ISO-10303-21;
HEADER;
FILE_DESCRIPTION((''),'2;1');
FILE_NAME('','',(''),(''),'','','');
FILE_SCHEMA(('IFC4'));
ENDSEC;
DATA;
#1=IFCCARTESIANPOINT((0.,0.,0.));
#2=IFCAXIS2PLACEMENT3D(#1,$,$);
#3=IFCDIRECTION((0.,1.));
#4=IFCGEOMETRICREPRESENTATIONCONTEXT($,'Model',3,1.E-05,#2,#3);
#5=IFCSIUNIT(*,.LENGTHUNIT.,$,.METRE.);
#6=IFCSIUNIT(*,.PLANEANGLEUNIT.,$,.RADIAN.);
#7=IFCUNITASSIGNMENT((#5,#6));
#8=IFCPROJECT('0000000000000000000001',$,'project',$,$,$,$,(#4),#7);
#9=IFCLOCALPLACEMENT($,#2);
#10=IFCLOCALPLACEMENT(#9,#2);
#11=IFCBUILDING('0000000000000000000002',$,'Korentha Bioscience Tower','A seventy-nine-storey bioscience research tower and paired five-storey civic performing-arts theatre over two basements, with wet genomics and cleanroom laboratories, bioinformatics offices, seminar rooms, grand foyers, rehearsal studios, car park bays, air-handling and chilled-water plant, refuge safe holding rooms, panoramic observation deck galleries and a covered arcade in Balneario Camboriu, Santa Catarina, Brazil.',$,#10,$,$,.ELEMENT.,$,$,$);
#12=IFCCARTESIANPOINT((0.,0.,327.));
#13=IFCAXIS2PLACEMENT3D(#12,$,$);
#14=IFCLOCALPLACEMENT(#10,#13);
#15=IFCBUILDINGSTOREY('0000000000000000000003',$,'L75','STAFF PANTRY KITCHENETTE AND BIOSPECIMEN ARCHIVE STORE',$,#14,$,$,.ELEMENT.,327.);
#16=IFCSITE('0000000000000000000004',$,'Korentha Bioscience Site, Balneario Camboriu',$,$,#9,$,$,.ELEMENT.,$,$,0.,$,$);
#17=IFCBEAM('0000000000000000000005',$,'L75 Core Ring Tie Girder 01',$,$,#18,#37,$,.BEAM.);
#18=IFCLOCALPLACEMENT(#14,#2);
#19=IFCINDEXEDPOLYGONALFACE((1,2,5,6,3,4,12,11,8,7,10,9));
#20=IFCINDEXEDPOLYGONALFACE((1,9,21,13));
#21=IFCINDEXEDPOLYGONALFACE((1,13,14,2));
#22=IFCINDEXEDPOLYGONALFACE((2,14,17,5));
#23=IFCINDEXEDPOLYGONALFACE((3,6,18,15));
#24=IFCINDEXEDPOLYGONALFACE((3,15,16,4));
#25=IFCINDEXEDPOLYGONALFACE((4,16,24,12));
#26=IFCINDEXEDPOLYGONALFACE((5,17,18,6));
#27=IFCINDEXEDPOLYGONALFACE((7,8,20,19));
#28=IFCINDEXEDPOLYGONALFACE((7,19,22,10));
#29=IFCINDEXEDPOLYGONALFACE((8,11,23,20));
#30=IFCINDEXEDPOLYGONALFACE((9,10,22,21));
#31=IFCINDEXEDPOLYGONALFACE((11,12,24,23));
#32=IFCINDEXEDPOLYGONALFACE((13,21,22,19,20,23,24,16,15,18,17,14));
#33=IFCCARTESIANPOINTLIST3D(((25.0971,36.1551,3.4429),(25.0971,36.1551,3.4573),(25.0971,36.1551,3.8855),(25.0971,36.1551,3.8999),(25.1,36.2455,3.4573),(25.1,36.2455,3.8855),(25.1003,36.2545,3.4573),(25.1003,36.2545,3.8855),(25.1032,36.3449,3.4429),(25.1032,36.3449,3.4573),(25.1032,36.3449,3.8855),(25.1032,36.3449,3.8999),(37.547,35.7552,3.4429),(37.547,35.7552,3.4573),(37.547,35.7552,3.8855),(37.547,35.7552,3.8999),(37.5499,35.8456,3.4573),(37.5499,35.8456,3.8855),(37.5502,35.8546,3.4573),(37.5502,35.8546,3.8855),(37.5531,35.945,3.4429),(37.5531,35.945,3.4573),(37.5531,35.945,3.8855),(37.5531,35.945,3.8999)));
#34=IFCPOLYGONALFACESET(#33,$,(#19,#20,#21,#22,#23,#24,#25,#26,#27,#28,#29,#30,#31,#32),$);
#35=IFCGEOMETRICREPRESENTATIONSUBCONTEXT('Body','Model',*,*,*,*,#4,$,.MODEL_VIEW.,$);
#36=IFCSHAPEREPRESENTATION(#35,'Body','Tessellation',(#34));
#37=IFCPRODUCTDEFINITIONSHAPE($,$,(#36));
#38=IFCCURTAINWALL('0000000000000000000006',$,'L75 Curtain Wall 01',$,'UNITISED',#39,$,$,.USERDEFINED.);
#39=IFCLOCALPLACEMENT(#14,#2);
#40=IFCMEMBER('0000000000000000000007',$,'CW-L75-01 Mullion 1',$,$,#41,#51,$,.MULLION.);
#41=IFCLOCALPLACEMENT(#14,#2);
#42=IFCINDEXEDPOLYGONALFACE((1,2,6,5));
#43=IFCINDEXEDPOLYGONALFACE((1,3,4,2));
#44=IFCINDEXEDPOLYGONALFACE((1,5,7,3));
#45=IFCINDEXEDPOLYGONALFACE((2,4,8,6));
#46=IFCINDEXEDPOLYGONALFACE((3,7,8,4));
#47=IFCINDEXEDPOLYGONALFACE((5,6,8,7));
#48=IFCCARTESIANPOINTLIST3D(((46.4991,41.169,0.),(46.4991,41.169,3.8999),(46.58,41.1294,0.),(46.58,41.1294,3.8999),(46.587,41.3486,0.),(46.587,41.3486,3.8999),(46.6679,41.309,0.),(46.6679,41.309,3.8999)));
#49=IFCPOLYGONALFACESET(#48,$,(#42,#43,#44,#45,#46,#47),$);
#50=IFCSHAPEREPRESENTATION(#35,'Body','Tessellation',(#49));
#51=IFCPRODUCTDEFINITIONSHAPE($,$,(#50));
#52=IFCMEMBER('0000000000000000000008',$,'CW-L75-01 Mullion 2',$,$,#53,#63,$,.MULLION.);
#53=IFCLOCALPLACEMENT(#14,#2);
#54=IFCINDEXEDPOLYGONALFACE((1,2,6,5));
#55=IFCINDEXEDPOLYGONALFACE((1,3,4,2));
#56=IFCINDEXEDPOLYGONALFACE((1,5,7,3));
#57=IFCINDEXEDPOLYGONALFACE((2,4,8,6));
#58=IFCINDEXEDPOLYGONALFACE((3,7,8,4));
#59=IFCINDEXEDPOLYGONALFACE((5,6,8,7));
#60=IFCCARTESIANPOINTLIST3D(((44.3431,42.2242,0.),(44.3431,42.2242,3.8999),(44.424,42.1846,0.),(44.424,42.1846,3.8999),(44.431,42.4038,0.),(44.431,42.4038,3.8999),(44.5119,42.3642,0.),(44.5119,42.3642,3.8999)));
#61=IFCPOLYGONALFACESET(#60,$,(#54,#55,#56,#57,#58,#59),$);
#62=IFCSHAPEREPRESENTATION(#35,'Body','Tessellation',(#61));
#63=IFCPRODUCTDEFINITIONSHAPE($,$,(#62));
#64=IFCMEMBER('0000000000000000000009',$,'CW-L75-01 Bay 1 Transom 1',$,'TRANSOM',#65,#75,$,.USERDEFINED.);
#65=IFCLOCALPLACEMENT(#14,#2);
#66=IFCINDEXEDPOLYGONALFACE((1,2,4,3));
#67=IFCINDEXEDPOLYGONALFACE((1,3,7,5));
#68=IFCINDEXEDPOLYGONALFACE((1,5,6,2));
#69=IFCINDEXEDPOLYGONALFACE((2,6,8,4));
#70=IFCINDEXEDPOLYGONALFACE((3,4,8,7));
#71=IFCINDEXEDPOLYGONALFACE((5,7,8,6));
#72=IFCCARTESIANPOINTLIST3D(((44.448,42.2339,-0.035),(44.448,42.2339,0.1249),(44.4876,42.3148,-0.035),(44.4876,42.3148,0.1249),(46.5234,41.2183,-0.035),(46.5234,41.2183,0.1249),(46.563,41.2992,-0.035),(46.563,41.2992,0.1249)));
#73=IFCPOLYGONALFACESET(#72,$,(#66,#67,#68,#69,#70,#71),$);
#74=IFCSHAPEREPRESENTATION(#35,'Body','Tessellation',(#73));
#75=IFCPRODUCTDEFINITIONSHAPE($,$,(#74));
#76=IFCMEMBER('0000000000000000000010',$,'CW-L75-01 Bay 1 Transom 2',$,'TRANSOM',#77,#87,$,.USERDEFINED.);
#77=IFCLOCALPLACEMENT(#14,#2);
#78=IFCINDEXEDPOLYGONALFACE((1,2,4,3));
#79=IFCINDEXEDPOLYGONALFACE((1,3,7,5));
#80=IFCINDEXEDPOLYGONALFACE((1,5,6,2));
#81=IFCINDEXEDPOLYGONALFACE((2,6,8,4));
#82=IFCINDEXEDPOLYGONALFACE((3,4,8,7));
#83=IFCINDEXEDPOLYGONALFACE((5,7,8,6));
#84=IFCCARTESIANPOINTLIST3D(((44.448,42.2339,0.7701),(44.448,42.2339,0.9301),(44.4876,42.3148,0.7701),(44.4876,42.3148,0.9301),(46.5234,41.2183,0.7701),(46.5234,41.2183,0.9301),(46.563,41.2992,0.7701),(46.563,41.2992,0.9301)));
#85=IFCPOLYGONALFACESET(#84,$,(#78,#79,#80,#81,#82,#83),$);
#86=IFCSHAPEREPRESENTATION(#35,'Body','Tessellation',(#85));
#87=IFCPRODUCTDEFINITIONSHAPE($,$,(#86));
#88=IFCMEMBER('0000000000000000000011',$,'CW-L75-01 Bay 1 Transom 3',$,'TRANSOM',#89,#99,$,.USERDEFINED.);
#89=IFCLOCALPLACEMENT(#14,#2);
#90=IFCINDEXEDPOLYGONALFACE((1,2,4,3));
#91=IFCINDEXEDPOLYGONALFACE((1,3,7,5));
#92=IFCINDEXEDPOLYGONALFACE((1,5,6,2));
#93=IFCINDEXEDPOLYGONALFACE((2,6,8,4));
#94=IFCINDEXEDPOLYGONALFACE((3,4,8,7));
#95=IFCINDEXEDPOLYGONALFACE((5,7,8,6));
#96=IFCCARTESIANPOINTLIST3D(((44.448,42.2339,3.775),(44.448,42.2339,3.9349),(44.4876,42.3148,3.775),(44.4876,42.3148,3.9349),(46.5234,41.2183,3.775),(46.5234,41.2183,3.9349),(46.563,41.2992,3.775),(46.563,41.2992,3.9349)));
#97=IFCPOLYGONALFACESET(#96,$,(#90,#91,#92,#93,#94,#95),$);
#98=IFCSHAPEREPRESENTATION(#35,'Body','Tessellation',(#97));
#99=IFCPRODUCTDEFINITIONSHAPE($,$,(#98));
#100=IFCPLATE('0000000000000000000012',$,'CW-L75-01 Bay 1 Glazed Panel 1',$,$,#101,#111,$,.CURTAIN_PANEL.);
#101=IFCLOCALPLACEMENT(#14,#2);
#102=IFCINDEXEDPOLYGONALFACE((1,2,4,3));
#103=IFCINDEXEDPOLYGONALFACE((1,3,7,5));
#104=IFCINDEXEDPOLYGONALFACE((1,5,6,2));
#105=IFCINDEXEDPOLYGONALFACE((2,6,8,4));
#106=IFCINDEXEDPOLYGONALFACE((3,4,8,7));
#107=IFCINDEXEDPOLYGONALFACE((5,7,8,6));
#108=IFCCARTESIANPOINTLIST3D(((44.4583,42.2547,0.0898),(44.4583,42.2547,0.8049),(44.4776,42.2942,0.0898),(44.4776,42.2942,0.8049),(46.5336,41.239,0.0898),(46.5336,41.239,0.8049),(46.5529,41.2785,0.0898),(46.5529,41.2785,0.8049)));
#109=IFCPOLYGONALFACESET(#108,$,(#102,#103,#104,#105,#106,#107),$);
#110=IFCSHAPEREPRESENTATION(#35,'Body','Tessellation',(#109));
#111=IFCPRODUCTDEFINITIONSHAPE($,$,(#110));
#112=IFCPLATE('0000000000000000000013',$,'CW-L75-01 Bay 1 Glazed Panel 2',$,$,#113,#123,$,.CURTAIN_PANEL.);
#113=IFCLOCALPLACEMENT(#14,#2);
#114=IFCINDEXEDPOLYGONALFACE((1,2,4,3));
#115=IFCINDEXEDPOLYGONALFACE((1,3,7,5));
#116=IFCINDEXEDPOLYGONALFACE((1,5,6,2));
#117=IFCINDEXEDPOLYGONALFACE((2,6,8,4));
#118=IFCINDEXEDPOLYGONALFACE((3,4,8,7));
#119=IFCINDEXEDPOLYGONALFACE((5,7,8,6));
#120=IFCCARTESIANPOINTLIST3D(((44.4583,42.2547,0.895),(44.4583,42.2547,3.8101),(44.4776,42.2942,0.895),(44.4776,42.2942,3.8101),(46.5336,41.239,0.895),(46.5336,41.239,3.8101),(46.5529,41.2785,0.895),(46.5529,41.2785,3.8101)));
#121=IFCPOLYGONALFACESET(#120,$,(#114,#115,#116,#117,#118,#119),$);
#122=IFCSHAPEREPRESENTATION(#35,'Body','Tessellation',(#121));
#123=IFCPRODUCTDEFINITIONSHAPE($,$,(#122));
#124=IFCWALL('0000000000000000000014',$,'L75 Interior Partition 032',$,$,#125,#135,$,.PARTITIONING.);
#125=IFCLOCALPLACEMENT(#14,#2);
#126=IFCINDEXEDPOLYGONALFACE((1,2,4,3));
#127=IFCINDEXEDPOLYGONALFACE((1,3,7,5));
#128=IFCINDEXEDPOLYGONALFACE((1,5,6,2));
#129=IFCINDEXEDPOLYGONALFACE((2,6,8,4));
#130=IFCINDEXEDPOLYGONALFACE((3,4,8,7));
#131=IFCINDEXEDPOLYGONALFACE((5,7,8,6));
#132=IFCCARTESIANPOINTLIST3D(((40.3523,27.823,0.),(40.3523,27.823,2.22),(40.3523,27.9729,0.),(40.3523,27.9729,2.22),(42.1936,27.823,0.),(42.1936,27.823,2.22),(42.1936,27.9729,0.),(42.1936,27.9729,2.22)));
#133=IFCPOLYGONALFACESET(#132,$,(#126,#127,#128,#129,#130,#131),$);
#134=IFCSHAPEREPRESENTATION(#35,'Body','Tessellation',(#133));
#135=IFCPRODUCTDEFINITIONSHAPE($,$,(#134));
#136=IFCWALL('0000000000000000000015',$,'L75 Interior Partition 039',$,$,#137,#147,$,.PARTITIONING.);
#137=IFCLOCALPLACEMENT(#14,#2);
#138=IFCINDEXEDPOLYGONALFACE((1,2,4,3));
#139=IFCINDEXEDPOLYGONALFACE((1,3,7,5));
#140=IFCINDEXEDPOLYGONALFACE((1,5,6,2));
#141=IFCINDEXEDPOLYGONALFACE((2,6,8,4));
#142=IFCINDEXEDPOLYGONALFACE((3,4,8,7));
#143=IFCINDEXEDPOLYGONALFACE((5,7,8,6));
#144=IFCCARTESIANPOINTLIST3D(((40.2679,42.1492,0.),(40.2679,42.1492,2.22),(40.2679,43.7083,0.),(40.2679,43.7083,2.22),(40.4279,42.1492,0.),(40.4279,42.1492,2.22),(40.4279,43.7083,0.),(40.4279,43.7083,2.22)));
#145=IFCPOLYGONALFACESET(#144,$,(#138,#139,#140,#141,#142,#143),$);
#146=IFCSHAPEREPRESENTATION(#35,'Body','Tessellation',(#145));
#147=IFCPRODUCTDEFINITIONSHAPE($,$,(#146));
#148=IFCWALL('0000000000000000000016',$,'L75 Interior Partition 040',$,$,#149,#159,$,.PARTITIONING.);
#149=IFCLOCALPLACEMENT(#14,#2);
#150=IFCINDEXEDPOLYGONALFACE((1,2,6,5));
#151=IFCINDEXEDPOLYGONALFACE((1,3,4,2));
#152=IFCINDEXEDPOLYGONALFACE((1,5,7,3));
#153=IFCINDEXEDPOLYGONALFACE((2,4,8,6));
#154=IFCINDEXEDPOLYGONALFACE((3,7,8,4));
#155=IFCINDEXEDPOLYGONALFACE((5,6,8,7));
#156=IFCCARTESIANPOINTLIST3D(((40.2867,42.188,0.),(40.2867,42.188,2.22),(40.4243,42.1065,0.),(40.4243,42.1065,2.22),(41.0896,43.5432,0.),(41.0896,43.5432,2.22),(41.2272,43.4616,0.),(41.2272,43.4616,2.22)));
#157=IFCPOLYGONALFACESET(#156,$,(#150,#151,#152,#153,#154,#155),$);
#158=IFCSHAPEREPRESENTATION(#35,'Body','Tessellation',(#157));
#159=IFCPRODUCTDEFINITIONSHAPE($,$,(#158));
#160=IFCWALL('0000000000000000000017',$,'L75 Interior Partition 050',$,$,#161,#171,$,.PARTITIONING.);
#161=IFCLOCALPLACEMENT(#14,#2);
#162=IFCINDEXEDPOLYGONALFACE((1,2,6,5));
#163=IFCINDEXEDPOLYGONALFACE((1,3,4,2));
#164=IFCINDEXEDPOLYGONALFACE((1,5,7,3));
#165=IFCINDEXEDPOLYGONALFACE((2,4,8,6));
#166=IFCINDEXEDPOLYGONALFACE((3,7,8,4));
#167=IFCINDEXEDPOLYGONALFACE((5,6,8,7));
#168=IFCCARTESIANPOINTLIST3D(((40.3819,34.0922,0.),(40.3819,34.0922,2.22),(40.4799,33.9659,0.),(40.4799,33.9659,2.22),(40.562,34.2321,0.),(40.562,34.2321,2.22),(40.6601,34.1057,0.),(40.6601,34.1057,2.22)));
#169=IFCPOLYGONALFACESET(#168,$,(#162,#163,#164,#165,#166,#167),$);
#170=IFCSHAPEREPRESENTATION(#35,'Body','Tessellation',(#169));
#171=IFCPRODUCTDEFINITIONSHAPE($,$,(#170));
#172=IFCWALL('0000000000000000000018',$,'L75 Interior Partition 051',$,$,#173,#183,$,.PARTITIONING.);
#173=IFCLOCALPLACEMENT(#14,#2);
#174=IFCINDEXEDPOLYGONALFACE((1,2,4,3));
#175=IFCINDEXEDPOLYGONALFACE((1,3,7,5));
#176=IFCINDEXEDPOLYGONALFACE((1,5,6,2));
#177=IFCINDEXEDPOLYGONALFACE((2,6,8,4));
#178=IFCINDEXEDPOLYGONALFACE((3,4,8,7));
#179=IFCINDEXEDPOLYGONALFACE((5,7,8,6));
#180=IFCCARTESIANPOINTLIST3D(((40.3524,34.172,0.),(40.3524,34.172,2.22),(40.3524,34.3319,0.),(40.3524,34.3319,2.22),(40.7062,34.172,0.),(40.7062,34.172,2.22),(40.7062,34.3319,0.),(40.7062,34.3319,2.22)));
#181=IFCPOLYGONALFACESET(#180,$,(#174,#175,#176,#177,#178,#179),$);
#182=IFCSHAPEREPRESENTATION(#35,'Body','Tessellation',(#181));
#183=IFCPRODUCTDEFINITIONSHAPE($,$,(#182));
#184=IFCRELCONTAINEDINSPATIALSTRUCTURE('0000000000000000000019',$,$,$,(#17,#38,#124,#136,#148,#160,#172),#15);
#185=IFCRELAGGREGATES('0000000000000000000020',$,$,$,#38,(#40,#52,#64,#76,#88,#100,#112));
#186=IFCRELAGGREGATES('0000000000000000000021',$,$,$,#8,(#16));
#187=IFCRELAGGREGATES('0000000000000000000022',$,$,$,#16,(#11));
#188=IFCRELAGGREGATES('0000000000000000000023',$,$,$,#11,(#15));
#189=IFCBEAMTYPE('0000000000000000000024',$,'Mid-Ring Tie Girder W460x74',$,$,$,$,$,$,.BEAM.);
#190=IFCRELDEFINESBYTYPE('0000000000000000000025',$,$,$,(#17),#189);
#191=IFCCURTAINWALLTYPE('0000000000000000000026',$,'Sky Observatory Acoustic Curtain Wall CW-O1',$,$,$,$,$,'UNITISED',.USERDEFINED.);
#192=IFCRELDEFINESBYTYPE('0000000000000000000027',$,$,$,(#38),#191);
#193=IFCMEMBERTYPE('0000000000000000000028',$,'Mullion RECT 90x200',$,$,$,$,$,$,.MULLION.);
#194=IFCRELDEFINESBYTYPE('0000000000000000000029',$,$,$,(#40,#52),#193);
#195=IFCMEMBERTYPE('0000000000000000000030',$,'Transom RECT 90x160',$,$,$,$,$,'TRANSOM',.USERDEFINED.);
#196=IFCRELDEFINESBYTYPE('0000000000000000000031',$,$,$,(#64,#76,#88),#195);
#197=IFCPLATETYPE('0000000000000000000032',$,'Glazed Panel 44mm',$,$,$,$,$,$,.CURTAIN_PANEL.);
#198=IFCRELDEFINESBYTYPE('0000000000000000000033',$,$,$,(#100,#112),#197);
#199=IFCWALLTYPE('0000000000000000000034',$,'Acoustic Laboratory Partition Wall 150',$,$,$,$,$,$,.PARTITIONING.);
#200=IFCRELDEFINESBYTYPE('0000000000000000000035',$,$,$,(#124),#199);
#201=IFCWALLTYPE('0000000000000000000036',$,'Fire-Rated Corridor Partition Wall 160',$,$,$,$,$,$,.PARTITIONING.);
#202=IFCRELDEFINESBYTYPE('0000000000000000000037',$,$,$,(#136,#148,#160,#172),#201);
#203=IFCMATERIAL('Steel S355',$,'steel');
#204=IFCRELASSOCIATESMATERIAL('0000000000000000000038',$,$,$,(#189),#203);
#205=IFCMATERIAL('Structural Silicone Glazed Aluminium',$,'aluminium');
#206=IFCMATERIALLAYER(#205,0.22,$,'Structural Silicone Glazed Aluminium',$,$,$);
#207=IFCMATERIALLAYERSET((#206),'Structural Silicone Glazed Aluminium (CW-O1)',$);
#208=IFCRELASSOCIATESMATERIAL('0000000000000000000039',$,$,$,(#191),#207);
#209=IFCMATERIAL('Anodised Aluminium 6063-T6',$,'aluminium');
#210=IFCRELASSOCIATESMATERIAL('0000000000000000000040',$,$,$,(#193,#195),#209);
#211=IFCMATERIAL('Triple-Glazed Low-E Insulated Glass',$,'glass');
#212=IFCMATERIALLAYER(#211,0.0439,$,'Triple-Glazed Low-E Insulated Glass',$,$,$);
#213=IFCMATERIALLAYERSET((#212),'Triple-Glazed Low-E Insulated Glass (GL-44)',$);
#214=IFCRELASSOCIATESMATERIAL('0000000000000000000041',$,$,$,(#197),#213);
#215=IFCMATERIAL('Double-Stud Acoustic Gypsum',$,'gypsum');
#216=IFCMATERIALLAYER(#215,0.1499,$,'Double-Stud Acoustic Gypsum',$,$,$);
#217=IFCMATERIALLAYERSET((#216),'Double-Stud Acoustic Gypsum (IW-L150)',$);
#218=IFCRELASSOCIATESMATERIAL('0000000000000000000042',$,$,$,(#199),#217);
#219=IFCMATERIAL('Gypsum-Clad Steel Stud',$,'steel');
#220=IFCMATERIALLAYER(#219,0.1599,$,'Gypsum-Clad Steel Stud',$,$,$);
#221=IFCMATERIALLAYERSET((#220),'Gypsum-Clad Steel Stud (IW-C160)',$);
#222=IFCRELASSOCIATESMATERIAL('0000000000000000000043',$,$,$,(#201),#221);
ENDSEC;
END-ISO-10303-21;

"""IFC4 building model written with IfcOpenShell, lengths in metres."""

from ifc_helpers import new_model, si_unit, direction, frame, frame_2d, origin, origin_2d, place, context, subcontext, project, spatial, rectangle, i_section, extrude, material, layer, layer_set, material_profile, profile_set, type_object, element, aggregate, save


model = new_model("IFC4")

# Units and contexts
model_context = context("Model", 3, precision=1e-05, world=origin(), true_north=direction((0.0, 1.0)))
body_context = subcontext(model_context, "Body", "Model", "MODEL_VIEW")
ifc_project = project(units=[si_unit("LENGTHUNIT", "METRE"), si_unit("PLANEANGLEUNIT", "RADIAN")], contexts=[model_context])

# Site, building, storey
site_placement = place(None, origin())
site = spatial("IfcSite", under=ifc_project, at=site_placement, Name="Korentha Bioscience Site, Balneario Camboriu", CompositionType="ELEMENT", RefElevation=0.0)
building_placement = place(site_placement, origin())
building = spatial("IfcBuilding", under=site, at=building_placement, Name="Korentha Bioscience Tower", Description="A seventy-nine-storey bioscience research tower and paired five-storey civic performing-arts theatre over two basements, with wet genomics and cleanroom laboratories, bioinformatics offices, seminar rooms, grand foyers, rehearsal studios, car park bays, air-handling and chilled-water plant, refuge safe holding rooms, panoramic observation deck galleries and a covered arcade in Balneario Camboriu, Santa Catarina, Brazil.", CompositionType="ELEMENT")
storey_placement = place(building_placement, frame((0.0, 0.0, 327.0)))
storey = spatial("IfcBuildingStorey", under=building, at=storey_placement, Name="L75", Description="STAFF PANTRY KITCHENETTE AND BIOSPECIMEN ARCHIVE STORE", CompositionType="ELEMENT", Elevation=327.0)

# Beam
ifc_material_1 = material(Name="Steel S355", Category="steel")
ifc_material_profile_1 = material_profile(ifc_material_1, i_section(OverallWidth=0.1899, OverallDepth=0.457, WebThickness=0.009, FlangeThickness=0.0144, at=origin_2d()), Name="Steel S355")
ifc_profile_set_1 = profile_set([ifc_material_profile_1], Name="Steel S355 (MB-460)")
beam_type_1 = type_object("IfcBeamType", Name="Mid-Ring Tie Girder W460x74", PredefinedType="BEAM", material=ifc_profile_set_1)
beam_1_placement = place(storey_placement, frame((37.55, 35.8501, 3.6714), z_axis=(-0.999485, 0.032104, 0.0), x_axis=(-0.032104, -0.999485, 0.0)))
element("IfcBeam", 1, at=beam_1_placement, inside=storey, type_object=beam_type_1, Name="L75 Core Ring Tie Girder 01", PredefinedType="BEAM", context=body_context, shape_type="SweptSolid", body=[
    extrude(i_section(OverallWidth=0.1899, OverallDepth=0.457, WebThickness=0.009, FlangeThickness=0.0144, at=origin_2d()), origin(), (0.0, 0.0, 1.0), 12.4563),
])

# Curtain wall, members, plates
ifc_material_2 = material(Name="Structural Silicone Glazed Aluminium", Category="aluminium")
ifc_layer_1 = layer(ifc_material_2, 0.22, Name="Structural Silicone Glazed Aluminium")
ifc_layer_set_1 = layer_set([ifc_layer_1], Name="Structural Silicone Glazed Aluminium (CW-O1)")
curtain_wall_type = type_object("IfcCurtainWallType", Name="Sky Observatory Acoustic Curtain Wall CW-O1", ElementType="UNITISED", PredefinedType="USERDEFINED", material=ifc_layer_set_1)
curtain_wall_placement = place(storey_placement, origin())
curtain_wall = element("IfcCurtainWall", 2, at=curtain_wall_placement, inside=storey, type_object=curtain_wall_type, Name="L75 Curtain Wall 01", ObjectType="UNITISED", PredefinedType="USERDEFINED")
ifc_material_3 = material(Name="Anodised Aluminium 6063-T6", Category="aluminium")
ifc_material_profile_2 = material_profile(ifc_material_3, rectangle(XDim=0.0901, YDim=0.2, at=origin_2d()), Name="Anodised Aluminium 6063-T6")
ifc_profile_set_2 = profile_set([ifc_material_profile_2], Name="Anodised Aluminium 6063-T6 (CW-MUL)")
member_type_1 = type_object("IfcMemberType", Name="Mullion RECT 90x200", PredefinedType="MULLION", material=ifc_profile_set_2)
member_1_placement = place(storey_placement, frame((46.5835, 41.239, 0.0), z_axis=(0.0, 0.0, 1.0), x_axis=(-0.898201, 0.439585, 0.0)))
member_1 = element("IfcMember", 3, at=member_1_placement, type_object=member_type_1, Name="CW-L75-01 Mullion 1", PredefinedType="MULLION", context=body_context, shape_type="SweptSolid", body=[
    extrude(rectangle(XDim=0.0901, YDim=0.2, at=origin_2d()), origin(), (0.0, 0.0, 1.0), 3.8999),
])
member_2_placement = place(storey_placement, frame((44.4275, 42.2942, 0.0), z_axis=(0.0, 0.0, 1.0), x_axis=(-0.898201, 0.439585, 0.0)))
member_2 = element("IfcMember", 4, at=member_2_placement, type_object=member_type_1, Name="CW-L75-01 Mullion 2", PredefinedType="MULLION", context=body_context, shape_type="SweptSolid", body=[
    extrude(rectangle(XDim=0.0901, YDim=0.2, at=origin_2d()), origin(), (0.0, 0.0, 1.0), 3.8999),
])
ifc_material_profile_3 = material_profile(ifc_material_3, rectangle(XDim=0.0901, YDim=0.1599, at=origin_2d()), Name="Anodised Aluminium 6063-T6")
ifc_profile_set_3 = profile_set([ifc_material_profile_3], Name="Anodised Aluminium 6063-T6 (CW-TRN)")
member_type_2 = type_object("IfcMemberType", Name="Transom RECT 90x160", ElementType="TRANSOM", PredefinedType="USERDEFINED", material=ifc_profile_set_3)
member_3_placement = place(storey_placement, frame((46.5432, 41.2588, 0.0449), z_axis=(-0.898219, 0.439547, 0.0), x_axis=(-0.439547, -0.898219, 0.0)))
member_3 = element("IfcMember", 5, at=member_3_placement, type_object=member_type_2, Name="CW-L75-01 Bay 1 Transom 1", ObjectType="TRANSOM", PredefinedType="USERDEFINED", context=body_context, shape_type="SweptSolid", body=[
    extrude(rectangle(XDim=0.0901, YDim=0.1599, at=origin_2d()), origin(), (0.0, 0.0, 1.0), 2.3105),
])
member_4_placement = place(storey_placement, frame((46.5432, 41.2588, 0.8501), z_axis=(-0.898219, 0.439547, 0.0), x_axis=(-0.439547, -0.898219, 0.0)))
member_4 = element("IfcMember", 6, at=member_4_placement, type_object=member_type_2, Name="CW-L75-01 Bay 1 Transom 2", ObjectType="TRANSOM", PredefinedType="USERDEFINED", context=body_context, shape_type="SweptSolid", body=[
    extrude(rectangle(XDim=0.0901, YDim=0.1599, at=origin_2d()), origin(), (0.0, 0.0, 1.0), 2.3105),
])
member_5_placement = place(storey_placement, frame((46.5432, 41.2588, 3.855), z_axis=(-0.898219, 0.439547, 0.0), x_axis=(-0.439547, -0.898219, 0.0)))
member_5 = element("IfcMember", 7, at=member_5_placement, type_object=member_type_2, Name="CW-L75-01 Bay 1 Transom 3", ObjectType="TRANSOM", PredefinedType="USERDEFINED", context=body_context, shape_type="SweptSolid", body=[
    extrude(rectangle(XDim=0.0901, YDim=0.1599, at=origin_2d()), origin(), (0.0, 0.0, 1.0), 2.3105),
])
ifc_material_4 = material(Name="Triple-Glazed Low-E Insulated Glass", Category="glass")
ifc_layer_2 = layer(ifc_material_4, 0.0439, Name="Triple-Glazed Low-E Insulated Glass")
ifc_layer_set_2 = layer_set([ifc_layer_2], Name="Triple-Glazed Low-E Insulated Glass (GL-44)")
plate_type = type_object("IfcPlateType", Name="Glazed Panel 44mm", PredefinedType="CURTAIN_PANEL", material=ifc_layer_set_2)
plate_1_placement = place(storey_placement, frame((45.5056, 41.7666, 0.0898), z_axis=(0.0, 0.0, 1.0), x_axis=(-0.898201, 0.439585, 0.0)))
plate_1 = element("IfcPlate", 8, at=plate_1_placement, type_object=plate_type, Name="CW-L75-01 Bay 1 Glazed Panel 1", PredefinedType="CURTAIN_PANEL", context=body_context, shape_type="SweptSolid", body=[
    extrude(rectangle(XDim=2.3105, YDim=0.0439, at=origin_2d()), origin(), (0.0, 0.0, 1.0), 0.7151),
])
plate_2_placement = place(storey_placement, frame((45.5056, 41.7666, 0.895), z_axis=(0.0, 0.0, 1.0), x_axis=(-0.898201, 0.439585, 0.0)))
plate_2 = element("IfcPlate", 9, at=plate_2_placement, type_object=plate_type, Name="CW-L75-01 Bay 1 Glazed Panel 2", PredefinedType="CURTAIN_PANEL", context=body_context, shape_type="SweptSolid", body=[
    extrude(rectangle(XDim=2.3105, YDim=0.0439, at=origin_2d()), origin(), (0.0, 0.0, 1.0), 2.915),
])
aggregate(curtain_wall, [member_1, member_2, member_3, member_4, member_5, plate_1, plate_2])

# Walls
ifc_material_5 = material(Name="Double-Stud Acoustic Gypsum", Category="gypsum")
ifc_layer_3 = layer(ifc_material_5, 0.1499, Name="Double-Stud Acoustic Gypsum")
ifc_layer_set_3 = layer_set([ifc_layer_3], Name="Double-Stud Acoustic Gypsum (IW-L150)")
wall_type_1 = type_object("IfcWallType", Name="Acoustic Laboratory Partition Wall 150", PredefinedType="PARTITIONING", material=ifc_layer_set_3)
wall_1_placement = place(storey_placement, frame((40.3523, 27.8979, 0.0), z_axis=(0.0, 0.0, 1.0), x_axis=(1.0, 0.0, 0.0)))
element("IfcWall", 10, at=wall_1_placement, inside=storey, type_object=wall_type_1, Name="L75 Interior Partition 032", PredefinedType="PARTITIONING", context=body_context, shape_type="SweptSolid", body=[
    extrude(rectangle(XDim=1.8413, YDim=0.1499, at=frame_2d((0.9207, 0.0))), origin(), (0.0, 0.0, 1.0), 2.22),
])
ifc_material_6 = material(Name="Gypsum-Clad Steel Stud", Category="steel")
ifc_layer_4 = layer(ifc_material_6, 0.1599, Name="Gypsum-Clad Steel Stud")
ifc_layer_set_4 = layer_set([ifc_layer_4], Name="Gypsum-Clad Steel Stud (IW-C160)")
wall_type_2 = type_object("IfcWallType", Name="Fire-Rated Corridor Partition Wall 160", PredefinedType="PARTITIONING", material=ifc_layer_set_4)
wall_2_placement = place(storey_placement, frame((40.3479, 43.7083, 0.0), z_axis=(0.0, 0.0, 1.0), x_axis=(0.0, -1.0, 0.0)))
element("IfcWall", 11, at=wall_2_placement, inside=storey, type_object=wall_type_2, Name="L75 Interior Partition 039", PredefinedType="PARTITIONING", context=body_context, shape_type="SweptSolid", body=[
    extrude(rectangle(XDim=1.5591, YDim=0.1599, at=frame_2d((0.7795, 0.0))), origin(), (0.0, 0.0, 1.0), 2.22),
])
wall_3_placement = place(storey_placement, frame((40.3555, 42.1472, 0.0), z_axis=(0.0, 0.0, 1.0), x_axis=(0.509747, 0.860324, 0.0)))
element("IfcWall", 12, at=wall_3_placement, inside=storey, type_object=wall_type_2, Name="L75 Interior Partition 040", PredefinedType="PARTITIONING", context=body_context, shape_type="SweptSolid", body=[
    extrude(rectangle(XDim=1.5752, YDim=0.1599, at=frame_2d((0.7876, 0.0))), origin(), (0.0, 0.0, 1.0), 2.22),
])
wall_4_placement = place(storey_placement, frame((40.4309, 34.0291, 0.0), z_axis=(0.0, 0.0, 1.0), x_axis=(0.789871, 0.613274, 0.0)))
element("IfcWall", 13, at=wall_4_placement, inside=storey, type_object=wall_type_2, Name="L75 Interior Partition 050", PredefinedType="PARTITIONING", context=body_context, shape_type="SweptSolid", body=[
    extrude(rectangle(XDim=0.228, YDim=0.1599, at=frame_2d((0.114, 0.0))), origin(), (0.0, 0.0, 1.0), 2.22),
])
wall_5_placement = place(storey_placement, frame((40.7061, 34.252, 0.0), z_axis=(0.0, 0.0, 1.0), x_axis=(-1.0, 0.0, 0.0)))
element("IfcWall", 14, at=wall_5_placement, inside=storey, type_object=wall_type_2, Name="L75 Interior Partition 051", PredefinedType="PARTITIONING", context=body_context, shape_type="SweptSolid", body=[
    extrude(rectangle(XDim=0.3538, YDim=0.1599, at=frame_2d((0.1768, 0.0))), origin(), (0.0, 0.0, 1.0), 2.22),
])

save(model, "model.ifc")
